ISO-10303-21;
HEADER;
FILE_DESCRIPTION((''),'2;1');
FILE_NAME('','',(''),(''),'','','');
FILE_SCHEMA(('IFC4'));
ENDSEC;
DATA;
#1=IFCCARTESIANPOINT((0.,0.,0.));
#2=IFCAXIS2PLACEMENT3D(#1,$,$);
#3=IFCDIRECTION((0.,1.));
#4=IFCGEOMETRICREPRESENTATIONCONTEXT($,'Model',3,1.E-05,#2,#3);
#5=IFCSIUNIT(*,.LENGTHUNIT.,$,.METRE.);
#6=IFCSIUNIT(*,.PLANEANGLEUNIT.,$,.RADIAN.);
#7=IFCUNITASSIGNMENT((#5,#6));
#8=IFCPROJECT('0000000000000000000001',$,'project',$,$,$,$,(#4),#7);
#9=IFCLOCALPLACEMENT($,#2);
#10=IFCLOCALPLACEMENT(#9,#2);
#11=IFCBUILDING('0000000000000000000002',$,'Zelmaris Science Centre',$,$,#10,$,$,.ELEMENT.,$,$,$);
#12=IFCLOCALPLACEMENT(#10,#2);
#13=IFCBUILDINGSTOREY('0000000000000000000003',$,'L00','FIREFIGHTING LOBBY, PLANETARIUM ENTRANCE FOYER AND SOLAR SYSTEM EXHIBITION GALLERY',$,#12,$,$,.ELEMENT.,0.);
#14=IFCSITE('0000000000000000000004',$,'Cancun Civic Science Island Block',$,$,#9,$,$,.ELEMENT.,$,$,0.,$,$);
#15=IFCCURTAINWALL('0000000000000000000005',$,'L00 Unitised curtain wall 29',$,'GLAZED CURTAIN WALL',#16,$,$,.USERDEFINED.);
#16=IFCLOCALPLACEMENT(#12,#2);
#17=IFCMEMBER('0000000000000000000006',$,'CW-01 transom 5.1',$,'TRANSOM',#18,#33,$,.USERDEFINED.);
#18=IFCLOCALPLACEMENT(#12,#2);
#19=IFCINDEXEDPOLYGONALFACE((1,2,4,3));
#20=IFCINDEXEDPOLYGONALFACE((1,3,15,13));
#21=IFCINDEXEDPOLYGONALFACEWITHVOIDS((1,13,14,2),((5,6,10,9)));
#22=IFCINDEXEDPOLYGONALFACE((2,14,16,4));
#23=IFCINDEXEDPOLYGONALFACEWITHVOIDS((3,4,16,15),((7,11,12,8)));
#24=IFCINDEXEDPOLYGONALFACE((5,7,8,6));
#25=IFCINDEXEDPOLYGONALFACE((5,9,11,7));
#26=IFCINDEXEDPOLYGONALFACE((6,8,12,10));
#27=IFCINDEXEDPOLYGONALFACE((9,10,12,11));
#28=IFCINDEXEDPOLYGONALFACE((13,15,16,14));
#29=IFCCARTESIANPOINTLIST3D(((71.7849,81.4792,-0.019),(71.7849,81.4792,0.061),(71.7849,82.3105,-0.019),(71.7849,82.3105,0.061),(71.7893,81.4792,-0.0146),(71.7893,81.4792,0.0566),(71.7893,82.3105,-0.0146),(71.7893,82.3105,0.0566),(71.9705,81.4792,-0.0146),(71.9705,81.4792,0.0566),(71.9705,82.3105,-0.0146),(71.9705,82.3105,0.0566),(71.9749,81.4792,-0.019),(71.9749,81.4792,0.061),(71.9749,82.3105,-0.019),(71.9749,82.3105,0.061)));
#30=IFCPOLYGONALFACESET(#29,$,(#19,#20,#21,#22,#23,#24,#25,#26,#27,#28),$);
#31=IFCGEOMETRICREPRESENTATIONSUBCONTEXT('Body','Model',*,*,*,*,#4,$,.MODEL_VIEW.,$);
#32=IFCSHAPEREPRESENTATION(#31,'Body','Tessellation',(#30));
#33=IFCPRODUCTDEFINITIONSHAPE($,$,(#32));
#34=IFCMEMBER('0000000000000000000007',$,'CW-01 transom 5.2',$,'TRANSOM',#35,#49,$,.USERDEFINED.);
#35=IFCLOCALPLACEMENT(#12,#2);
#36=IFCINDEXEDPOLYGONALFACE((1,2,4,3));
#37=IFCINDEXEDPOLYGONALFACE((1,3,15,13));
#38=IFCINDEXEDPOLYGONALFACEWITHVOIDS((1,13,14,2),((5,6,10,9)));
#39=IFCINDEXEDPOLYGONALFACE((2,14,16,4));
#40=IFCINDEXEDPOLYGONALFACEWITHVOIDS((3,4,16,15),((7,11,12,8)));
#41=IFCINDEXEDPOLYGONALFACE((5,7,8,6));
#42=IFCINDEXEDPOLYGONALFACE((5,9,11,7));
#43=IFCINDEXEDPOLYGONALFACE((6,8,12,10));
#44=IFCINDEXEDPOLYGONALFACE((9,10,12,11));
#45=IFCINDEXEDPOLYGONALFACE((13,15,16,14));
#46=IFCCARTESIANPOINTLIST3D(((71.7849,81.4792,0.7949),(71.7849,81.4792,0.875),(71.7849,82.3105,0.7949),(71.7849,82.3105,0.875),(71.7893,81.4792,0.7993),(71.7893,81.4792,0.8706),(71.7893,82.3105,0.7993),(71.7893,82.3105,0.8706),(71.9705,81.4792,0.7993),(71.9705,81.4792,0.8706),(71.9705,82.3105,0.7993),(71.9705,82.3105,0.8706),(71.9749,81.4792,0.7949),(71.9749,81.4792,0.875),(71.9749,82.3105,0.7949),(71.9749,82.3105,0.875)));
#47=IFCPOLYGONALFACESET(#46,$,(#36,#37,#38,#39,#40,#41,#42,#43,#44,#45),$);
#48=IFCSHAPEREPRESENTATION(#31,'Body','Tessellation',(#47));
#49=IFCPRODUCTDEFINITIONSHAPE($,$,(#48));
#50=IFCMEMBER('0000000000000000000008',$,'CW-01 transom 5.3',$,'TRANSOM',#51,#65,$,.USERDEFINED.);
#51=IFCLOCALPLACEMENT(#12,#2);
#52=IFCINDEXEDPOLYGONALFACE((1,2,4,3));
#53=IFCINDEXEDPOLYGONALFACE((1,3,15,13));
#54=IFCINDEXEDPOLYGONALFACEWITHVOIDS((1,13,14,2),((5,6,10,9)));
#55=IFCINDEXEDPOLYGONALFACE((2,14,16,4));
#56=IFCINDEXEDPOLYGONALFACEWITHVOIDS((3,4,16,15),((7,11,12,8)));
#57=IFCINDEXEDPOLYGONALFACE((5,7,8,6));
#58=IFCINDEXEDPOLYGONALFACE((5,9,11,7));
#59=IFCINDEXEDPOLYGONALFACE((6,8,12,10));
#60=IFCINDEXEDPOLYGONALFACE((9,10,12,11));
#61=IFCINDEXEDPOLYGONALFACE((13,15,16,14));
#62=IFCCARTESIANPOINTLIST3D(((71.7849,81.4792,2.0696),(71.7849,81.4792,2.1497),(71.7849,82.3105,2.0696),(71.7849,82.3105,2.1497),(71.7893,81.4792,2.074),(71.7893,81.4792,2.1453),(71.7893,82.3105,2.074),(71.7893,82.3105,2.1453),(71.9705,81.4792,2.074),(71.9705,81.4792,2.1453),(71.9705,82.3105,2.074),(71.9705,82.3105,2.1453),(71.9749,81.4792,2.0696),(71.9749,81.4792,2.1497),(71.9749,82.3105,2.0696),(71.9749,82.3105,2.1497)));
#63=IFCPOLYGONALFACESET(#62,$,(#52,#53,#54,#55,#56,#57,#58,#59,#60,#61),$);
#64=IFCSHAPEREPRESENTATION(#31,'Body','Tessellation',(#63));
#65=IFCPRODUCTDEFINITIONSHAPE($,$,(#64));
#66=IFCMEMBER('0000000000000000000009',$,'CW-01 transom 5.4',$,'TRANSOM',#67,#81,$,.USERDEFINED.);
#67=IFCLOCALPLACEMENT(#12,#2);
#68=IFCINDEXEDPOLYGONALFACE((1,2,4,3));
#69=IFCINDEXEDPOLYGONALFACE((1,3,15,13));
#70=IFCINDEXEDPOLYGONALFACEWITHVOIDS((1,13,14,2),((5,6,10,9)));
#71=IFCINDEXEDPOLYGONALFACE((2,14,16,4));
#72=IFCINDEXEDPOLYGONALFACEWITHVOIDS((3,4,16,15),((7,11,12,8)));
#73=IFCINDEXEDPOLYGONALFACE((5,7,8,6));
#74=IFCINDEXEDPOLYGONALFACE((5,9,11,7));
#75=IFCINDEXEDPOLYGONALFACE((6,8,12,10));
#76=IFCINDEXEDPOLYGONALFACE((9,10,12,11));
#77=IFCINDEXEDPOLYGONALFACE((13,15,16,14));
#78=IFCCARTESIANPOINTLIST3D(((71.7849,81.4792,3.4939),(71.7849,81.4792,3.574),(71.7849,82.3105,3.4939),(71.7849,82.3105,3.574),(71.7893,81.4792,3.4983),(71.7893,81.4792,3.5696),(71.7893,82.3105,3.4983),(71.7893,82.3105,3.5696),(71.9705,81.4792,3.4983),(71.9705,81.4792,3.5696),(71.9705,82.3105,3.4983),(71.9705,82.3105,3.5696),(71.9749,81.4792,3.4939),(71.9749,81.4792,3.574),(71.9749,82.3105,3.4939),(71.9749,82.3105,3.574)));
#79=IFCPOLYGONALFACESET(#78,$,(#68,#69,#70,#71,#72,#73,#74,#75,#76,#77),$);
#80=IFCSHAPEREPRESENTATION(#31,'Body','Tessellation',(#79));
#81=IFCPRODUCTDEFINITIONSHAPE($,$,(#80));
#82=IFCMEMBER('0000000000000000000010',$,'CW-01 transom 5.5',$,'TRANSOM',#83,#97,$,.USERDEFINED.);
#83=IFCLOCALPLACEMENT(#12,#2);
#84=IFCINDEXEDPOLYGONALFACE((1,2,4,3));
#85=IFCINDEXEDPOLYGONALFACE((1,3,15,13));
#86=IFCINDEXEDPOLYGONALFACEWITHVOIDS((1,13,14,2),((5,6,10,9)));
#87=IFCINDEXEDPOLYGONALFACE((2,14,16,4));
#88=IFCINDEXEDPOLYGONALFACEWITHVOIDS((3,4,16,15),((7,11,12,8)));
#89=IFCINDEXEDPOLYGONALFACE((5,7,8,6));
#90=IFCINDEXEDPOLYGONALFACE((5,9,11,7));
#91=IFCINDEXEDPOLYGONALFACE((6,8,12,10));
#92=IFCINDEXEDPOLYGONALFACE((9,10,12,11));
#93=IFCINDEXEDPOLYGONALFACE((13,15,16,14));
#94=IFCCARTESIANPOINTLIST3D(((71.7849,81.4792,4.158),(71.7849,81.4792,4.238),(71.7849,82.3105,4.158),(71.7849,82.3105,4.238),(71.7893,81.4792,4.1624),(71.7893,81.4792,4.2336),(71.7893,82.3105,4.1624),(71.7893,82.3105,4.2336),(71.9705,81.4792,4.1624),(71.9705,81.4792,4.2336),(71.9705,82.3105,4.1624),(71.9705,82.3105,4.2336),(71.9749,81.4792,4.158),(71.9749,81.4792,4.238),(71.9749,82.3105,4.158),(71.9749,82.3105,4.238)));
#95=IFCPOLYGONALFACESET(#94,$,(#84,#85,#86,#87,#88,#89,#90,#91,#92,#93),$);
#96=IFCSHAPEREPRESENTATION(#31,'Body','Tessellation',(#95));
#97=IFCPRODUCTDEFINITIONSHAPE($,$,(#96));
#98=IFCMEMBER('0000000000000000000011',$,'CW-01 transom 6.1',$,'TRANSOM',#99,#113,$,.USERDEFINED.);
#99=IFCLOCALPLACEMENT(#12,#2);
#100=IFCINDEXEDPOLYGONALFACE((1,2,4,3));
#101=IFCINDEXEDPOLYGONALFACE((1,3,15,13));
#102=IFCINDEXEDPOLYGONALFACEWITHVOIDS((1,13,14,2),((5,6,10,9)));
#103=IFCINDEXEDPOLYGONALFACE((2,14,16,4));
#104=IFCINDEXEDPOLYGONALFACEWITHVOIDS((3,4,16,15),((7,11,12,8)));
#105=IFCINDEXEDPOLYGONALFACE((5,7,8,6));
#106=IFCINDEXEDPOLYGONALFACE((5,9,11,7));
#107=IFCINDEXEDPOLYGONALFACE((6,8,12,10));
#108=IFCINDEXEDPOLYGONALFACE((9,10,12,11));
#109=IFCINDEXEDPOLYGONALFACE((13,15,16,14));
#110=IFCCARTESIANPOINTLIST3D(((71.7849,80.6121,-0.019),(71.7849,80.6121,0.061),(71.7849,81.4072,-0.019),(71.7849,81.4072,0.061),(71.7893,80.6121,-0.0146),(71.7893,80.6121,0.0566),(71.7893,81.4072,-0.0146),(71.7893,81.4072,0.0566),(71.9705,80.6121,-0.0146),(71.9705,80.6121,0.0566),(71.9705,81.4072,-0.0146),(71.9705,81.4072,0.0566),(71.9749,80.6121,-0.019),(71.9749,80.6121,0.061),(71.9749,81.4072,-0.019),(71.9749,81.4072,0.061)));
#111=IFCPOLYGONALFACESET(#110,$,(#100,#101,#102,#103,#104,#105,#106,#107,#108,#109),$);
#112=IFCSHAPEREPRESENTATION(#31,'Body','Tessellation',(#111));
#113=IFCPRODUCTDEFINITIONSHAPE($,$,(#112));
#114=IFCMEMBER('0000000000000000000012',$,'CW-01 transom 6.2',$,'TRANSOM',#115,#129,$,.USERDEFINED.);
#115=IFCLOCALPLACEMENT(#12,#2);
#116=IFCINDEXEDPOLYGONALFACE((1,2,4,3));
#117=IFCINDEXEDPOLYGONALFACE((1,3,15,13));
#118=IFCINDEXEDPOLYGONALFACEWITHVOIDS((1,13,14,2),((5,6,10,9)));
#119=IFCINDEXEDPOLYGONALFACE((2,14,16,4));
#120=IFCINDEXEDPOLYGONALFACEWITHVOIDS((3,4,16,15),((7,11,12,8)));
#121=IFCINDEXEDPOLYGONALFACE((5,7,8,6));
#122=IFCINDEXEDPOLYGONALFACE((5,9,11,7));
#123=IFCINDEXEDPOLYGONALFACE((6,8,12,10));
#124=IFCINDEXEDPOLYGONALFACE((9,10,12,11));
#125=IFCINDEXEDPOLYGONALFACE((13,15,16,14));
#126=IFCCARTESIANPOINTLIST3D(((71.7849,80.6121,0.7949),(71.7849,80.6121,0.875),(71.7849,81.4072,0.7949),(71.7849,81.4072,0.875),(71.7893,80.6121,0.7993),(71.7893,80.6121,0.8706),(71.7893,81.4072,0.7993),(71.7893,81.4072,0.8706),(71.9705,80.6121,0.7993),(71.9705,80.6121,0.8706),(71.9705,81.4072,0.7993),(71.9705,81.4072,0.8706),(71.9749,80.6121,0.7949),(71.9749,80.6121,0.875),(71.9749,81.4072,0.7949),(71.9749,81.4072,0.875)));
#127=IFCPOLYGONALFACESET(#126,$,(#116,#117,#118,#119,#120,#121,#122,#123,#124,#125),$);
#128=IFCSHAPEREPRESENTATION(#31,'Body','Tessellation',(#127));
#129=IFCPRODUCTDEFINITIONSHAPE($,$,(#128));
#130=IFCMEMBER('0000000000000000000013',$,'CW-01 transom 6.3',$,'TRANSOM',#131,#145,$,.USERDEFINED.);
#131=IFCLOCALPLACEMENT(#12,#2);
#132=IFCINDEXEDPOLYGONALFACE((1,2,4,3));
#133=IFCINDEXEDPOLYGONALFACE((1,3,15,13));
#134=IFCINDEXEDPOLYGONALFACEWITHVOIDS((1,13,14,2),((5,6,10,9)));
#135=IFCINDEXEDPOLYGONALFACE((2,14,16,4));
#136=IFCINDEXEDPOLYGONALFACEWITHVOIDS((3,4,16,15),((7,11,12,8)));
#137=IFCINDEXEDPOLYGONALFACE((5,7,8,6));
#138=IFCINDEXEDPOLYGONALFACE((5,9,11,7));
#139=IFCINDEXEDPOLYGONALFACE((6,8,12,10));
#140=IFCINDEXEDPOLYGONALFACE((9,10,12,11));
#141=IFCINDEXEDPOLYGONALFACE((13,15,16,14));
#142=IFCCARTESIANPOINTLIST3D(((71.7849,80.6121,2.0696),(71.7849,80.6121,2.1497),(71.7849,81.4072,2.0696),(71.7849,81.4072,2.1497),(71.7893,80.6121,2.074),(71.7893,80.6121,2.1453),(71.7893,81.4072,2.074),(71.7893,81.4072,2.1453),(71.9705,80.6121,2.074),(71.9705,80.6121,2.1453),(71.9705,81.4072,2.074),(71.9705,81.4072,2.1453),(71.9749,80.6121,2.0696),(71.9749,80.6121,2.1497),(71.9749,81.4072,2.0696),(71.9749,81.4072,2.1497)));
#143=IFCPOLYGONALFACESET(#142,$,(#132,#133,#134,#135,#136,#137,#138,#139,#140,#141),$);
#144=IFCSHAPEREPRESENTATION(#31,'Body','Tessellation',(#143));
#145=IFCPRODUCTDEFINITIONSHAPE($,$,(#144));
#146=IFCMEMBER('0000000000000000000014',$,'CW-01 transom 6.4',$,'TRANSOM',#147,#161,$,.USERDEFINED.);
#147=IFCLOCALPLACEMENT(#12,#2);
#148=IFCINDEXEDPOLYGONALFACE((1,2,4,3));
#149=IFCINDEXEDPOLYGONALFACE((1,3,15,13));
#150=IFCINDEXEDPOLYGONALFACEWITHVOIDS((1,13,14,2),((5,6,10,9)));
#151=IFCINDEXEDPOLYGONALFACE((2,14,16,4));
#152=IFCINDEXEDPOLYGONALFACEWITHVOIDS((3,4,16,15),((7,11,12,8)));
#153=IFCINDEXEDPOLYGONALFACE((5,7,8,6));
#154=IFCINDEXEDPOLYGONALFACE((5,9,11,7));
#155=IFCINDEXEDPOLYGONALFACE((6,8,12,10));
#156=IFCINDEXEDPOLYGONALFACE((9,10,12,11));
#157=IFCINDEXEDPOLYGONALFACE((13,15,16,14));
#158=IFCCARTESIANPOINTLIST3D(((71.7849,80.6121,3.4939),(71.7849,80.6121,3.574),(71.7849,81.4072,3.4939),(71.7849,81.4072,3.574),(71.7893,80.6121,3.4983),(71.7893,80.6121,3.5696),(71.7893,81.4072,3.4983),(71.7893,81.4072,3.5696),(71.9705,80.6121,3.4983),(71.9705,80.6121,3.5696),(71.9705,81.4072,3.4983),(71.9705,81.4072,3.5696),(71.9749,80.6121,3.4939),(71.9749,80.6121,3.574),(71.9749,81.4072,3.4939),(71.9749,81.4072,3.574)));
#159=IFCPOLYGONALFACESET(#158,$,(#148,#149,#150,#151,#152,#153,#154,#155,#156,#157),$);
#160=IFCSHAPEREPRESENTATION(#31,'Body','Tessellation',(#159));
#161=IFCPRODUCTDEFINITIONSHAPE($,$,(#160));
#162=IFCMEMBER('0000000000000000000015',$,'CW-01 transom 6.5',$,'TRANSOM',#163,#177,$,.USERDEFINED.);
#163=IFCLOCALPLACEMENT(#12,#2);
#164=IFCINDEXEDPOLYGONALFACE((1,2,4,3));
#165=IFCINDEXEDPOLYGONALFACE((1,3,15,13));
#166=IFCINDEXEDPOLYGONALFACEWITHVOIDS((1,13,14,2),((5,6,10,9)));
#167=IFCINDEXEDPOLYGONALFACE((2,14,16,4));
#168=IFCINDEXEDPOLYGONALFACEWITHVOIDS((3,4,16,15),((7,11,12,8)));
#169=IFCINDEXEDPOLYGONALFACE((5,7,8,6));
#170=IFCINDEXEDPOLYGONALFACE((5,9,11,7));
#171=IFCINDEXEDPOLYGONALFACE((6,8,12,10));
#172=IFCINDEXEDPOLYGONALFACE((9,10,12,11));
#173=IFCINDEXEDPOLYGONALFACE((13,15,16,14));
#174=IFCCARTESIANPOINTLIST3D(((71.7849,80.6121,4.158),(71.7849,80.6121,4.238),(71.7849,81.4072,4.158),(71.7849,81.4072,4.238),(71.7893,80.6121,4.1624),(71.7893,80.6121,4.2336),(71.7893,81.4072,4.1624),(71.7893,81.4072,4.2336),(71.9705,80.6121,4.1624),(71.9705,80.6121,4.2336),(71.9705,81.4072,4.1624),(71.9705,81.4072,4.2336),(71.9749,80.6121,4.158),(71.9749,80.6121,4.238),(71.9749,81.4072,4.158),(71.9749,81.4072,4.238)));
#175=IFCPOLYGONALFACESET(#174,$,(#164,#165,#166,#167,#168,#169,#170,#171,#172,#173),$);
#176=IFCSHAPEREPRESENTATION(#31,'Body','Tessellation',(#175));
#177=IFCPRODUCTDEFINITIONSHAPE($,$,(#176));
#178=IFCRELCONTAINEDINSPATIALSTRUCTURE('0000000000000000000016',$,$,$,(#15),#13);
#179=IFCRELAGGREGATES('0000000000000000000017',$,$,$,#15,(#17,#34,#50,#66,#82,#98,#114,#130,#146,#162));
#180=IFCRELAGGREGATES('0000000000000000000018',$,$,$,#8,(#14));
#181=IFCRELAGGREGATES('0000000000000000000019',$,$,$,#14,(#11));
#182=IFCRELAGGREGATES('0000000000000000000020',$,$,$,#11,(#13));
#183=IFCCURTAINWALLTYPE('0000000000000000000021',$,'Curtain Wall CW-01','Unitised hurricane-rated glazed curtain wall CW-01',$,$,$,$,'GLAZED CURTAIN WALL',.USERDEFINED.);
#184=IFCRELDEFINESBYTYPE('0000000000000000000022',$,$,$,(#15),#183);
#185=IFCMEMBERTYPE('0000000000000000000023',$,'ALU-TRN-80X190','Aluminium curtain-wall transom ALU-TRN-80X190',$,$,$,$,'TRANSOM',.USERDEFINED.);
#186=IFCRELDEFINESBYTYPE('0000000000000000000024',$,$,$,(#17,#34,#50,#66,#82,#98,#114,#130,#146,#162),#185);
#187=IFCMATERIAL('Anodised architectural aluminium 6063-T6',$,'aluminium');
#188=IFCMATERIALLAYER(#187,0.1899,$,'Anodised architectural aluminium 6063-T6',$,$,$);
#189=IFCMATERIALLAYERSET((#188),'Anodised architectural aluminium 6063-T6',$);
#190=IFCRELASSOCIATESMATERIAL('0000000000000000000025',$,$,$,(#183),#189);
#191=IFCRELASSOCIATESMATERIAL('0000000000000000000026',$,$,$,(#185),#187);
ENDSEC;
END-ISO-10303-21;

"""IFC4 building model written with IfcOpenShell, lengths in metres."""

from ifc_helpers import new_model, si_unit, direction, frame, origin, origin_2d, place, context, subcontext, project, spatial, hollow_rectangle, extrude, material, layer, layer_set, material_profile, profile_set, type_object, element, aggregate, save


model = new_model("IFC4")

# Units and contexts
model_context = context("Model", 3, precision=1e-05, world=origin(), true_north=direction((0.0, 1.0)))
body_context = subcontext(model_context, "Body", "Model", "MODEL_VIEW")
ifc_project = project(units=[si_unit("LENGTHUNIT", "METRE"), si_unit("PLANEANGLEUNIT", "RADIAN")], contexts=[model_context])

# Site, building, storey
site_placement = place(None, origin())
site = spatial("IfcSite", under=ifc_project, at=site_placement, Name="Cancun Civic Science Island Block", CompositionType="ELEMENT", RefElevation=0.0)
building_placement = place(site_placement, origin())
building = spatial("IfcBuilding", under=site, at=building_placement, Name="Zelmaris Science Centre", CompositionType="ELEMENT")
storey_placement = place(building_placement, origin())
storey = spatial("IfcBuildingStorey", under=building, at=storey_placement, Name="L00", Description="FIREFIGHTING LOBBY, PLANETARIUM ENTRANCE FOYER AND SOLAR SYSTEM EXHIBITION GALLERY", CompositionType="ELEMENT", Elevation=0.0)

# Curtain wall, members
ifc_material_1 = material(Name="Anodised architectural aluminium 6063-T6", Category="aluminium")
ifc_layer_1 = layer(ifc_material_1, 0.1899, Name="Anodised architectural aluminium 6063-T6")
ifc_layer_set_1 = layer_set([ifc_layer_1], Name="Anodised architectural aluminium 6063-T6")
curtain_wall_type = type_object("IfcCurtainWallType", Name="Curtain Wall CW-01", Description="Unitised hurricane-rated glazed curtain wall CW-01", ElementType="GLAZED CURTAIN WALL", PredefinedType="USERDEFINED", material=ifc_layer_set_1)
curtain_wall_placement = place(storey_placement, origin())
curtain_wall = element("IfcCurtainWall", 1, at=curtain_wall_placement, inside=storey, type_object=curtain_wall_type, Name="L00 Unitised curtain wall 29", ObjectType="GLAZED CURTAIN WALL", PredefinedType="USERDEFINED")
ifc_material_profile_1 = material_profile(ifc_material_1, hollow_rectangle(XDim=0.0801, YDim=0.1899, WallThickness=0.0044, at=origin_2d()), Name="ALU-TRN-80X190")
ifc_profile_set_1 = profile_set([ifc_material_profile_1], Name="Anodised architectural aluminium 6063-T6")
member_type_1 = type_object("IfcMemberType", Name="ALU-TRN-80X190", Description="Aluminium curtain-wall transom ALU-TRN-80X190", ElementType="TRANSOM", PredefinedType="USERDEFINED", material=ifc_profile_set_1)
member_1_placement = place(storey_placement, frame((71.8799, 82.3105, 0.021), z_axis=(0.0, -1.0, 0.0), x_axis=(0.0, 0.0, 1.0)))
member_1 = element("IfcMember", 2, at=member_1_placement, type_object=member_type_1, Name="CW-01 transom 5.1", ObjectType="TRANSOM", PredefinedType="USERDEFINED", context=body_context, shape_type="SweptSolid", body=[
    extrude(hollow_rectangle(XDim=0.0801, YDim=0.1899, WallThickness=0.0044, at=origin_2d()), origin(), (0.0, 0.0, 1.0), 0.8313),
])
member_2_placement = place(storey_placement, frame((71.8799, 82.3105, 0.835), z_axis=(0.0, -1.0, 0.0), x_axis=(0.0, 0.0, 1.0)))
member_2 = element("IfcMember", 3, at=member_2_placement, type_object=member_type_1, Name="CW-01 transom 5.2", ObjectType="TRANSOM", PredefinedType="USERDEFINED", context=body_context, shape_type="SweptSolid", body=[
    extrude(hollow_rectangle(XDim=0.0801, YDim=0.1899, WallThickness=0.0044, at=origin_2d()), origin(), (0.0, 0.0, 1.0), 0.8313),
])
member_3_placement = place(storey_placement, frame((71.8799, 82.3105, 2.1096), z_axis=(0.0, -1.0, 0.0), x_axis=(0.0, 0.0, 1.0)))
member_3 = element("IfcMember", 4, at=member_3_placement, type_object=member_type_1, Name="CW-01 transom 5.3", ObjectType="TRANSOM", PredefinedType="USERDEFINED", context=body_context, shape_type="SweptSolid", body=[
    extrude(hollow_rectangle(XDim=0.0801, YDim=0.1899, WallThickness=0.0044, at=origin_2d()), origin(), (0.0, 0.0, 1.0), 0.8313),
])
member_4_placement = place(storey_placement, frame((71.8799, 82.3105, 3.5339), z_axis=(0.0, -1.0, 0.0), x_axis=(0.0, 0.0, 1.0)))
member_4 = element("IfcMember", 5, at=member_4_placement, type_object=member_type_1, Name="CW-01 transom 5.4", ObjectType="TRANSOM", PredefinedType="USERDEFINED", context=body_context, shape_type="SweptSolid", body=[
    extrude(hollow_rectangle(XDim=0.0801, YDim=0.1899, WallThickness=0.0044, at=origin_2d()), origin(), (0.0, 0.0, 1.0), 0.8313),
])
member_5_placement = place(storey_placement, frame((71.8799, 82.3105, 4.198), z_axis=(0.0, -1.0, 0.0), x_axis=(0.0, 0.0, 1.0)))
member_5 = element("IfcMember", 6, at=member_5_placement, type_object=member_type_1, Name="CW-01 transom 5.5", ObjectType="TRANSOM", PredefinedType="USERDEFINED", context=body_context, shape_type="SweptSolid", body=[
    extrude(hollow_rectangle(XDim=0.0801, YDim=0.1899, WallThickness=0.0044, at=origin_2d()), origin(), (0.0, 0.0, 1.0), 0.8313),
])
member_6_placement = place(storey_placement, frame((71.8799, 81.4072, 0.021), z_axis=(0.0, -1.0, 0.0), x_axis=(0.0, 0.0, 1.0)))
member_6 = element("IfcMember", 7, at=member_6_placement, type_object=member_type_1, Name="CW-01 transom 6.1", ObjectType="TRANSOM", PredefinedType="USERDEFINED", context=body_context, shape_type="SweptSolid", body=[
    extrude(hollow_rectangle(XDim=0.0801, YDim=0.1899, WallThickness=0.0044, at=origin_2d()), origin(), (0.0, 0.0, 1.0), 0.7952),
])
member_7_placement = place(storey_placement, frame((71.8799, 81.4072, 0.835), z_axis=(0.0, -1.0, 0.0), x_axis=(0.0, 0.0, 1.0)))
member_7 = element("IfcMember", 8, at=member_7_placement, type_object=member_type_1, Name="CW-01 transom 6.2", ObjectType="TRANSOM", PredefinedType="USERDEFINED", context=body_context, shape_type="SweptSolid", body=[
    extrude(hollow_rectangle(XDim=0.0801, YDim=0.1899, WallThickness=0.0044, at=origin_2d()), origin(), (0.0, 0.0, 1.0), 0.7952),
])
member_8_placement = place(storey_placement, frame((71.8799, 81.4072, 2.1096), z_axis=(0.0, -1.0, 0.0), x_axis=(0.0, 0.0, 1.0)))
member_8 = element("IfcMember", 9, at=member_8_placement, type_object=member_type_1, Name="CW-01 transom 6.3", ObjectType="TRANSOM", PredefinedType="USERDEFINED", context=body_context, shape_type="SweptSolid", body=[
    extrude(hollow_rectangle(XDim=0.0801, YDim=0.1899, WallThickness=0.0044, at=origin_2d()), origin(), (0.0, 0.0, 1.0), 0.7952),
])
member_9_placement = place(storey_placement, frame((71.8799, 81.4072, 3.5339), z_axis=(0.0, -1.0, 0.0), x_axis=(0.0, 0.0, 1.0)))
member_9 = element("IfcMember", 10, at=member_9_placement, type_object=member_type_1, Name="CW-01 transom 6.4", ObjectType="TRANSOM", PredefinedType="USERDEFINED", context=body_context, shape_type="SweptSolid", body=[
    extrude(hollow_rectangle(XDim=0.0801, YDim=0.1899, WallThickness=0.0044, at=origin_2d()), origin(), (0.0, 0.0, 1.0), 0.7952),
])
member_10_placement = place(storey_placement, frame((71.8799, 81.4072, 4.198), z_axis=(0.0, -1.0, 0.0), x_axis=(0.0, 0.0, 1.0)))
member_10 = element("IfcMember", 11, at=member_10_placement, type_object=member_type_1, Name="CW-01 transom 6.5", ObjectType="TRANSOM", PredefinedType="USERDEFINED", context=body_context, shape_type="SweptSolid", body=[
    extrude(hollow_rectangle(XDim=0.0801, YDim=0.1899, WallThickness=0.0044, at=origin_2d()), origin(), (0.0, 0.0, 1.0), 0.7952),
])

aggregate(curtain_wall, [member_1, member_2, member_3, member_4, member_5, member_6, member_7, member_8, member_9, member_10])

save(model, "model.ifc")
